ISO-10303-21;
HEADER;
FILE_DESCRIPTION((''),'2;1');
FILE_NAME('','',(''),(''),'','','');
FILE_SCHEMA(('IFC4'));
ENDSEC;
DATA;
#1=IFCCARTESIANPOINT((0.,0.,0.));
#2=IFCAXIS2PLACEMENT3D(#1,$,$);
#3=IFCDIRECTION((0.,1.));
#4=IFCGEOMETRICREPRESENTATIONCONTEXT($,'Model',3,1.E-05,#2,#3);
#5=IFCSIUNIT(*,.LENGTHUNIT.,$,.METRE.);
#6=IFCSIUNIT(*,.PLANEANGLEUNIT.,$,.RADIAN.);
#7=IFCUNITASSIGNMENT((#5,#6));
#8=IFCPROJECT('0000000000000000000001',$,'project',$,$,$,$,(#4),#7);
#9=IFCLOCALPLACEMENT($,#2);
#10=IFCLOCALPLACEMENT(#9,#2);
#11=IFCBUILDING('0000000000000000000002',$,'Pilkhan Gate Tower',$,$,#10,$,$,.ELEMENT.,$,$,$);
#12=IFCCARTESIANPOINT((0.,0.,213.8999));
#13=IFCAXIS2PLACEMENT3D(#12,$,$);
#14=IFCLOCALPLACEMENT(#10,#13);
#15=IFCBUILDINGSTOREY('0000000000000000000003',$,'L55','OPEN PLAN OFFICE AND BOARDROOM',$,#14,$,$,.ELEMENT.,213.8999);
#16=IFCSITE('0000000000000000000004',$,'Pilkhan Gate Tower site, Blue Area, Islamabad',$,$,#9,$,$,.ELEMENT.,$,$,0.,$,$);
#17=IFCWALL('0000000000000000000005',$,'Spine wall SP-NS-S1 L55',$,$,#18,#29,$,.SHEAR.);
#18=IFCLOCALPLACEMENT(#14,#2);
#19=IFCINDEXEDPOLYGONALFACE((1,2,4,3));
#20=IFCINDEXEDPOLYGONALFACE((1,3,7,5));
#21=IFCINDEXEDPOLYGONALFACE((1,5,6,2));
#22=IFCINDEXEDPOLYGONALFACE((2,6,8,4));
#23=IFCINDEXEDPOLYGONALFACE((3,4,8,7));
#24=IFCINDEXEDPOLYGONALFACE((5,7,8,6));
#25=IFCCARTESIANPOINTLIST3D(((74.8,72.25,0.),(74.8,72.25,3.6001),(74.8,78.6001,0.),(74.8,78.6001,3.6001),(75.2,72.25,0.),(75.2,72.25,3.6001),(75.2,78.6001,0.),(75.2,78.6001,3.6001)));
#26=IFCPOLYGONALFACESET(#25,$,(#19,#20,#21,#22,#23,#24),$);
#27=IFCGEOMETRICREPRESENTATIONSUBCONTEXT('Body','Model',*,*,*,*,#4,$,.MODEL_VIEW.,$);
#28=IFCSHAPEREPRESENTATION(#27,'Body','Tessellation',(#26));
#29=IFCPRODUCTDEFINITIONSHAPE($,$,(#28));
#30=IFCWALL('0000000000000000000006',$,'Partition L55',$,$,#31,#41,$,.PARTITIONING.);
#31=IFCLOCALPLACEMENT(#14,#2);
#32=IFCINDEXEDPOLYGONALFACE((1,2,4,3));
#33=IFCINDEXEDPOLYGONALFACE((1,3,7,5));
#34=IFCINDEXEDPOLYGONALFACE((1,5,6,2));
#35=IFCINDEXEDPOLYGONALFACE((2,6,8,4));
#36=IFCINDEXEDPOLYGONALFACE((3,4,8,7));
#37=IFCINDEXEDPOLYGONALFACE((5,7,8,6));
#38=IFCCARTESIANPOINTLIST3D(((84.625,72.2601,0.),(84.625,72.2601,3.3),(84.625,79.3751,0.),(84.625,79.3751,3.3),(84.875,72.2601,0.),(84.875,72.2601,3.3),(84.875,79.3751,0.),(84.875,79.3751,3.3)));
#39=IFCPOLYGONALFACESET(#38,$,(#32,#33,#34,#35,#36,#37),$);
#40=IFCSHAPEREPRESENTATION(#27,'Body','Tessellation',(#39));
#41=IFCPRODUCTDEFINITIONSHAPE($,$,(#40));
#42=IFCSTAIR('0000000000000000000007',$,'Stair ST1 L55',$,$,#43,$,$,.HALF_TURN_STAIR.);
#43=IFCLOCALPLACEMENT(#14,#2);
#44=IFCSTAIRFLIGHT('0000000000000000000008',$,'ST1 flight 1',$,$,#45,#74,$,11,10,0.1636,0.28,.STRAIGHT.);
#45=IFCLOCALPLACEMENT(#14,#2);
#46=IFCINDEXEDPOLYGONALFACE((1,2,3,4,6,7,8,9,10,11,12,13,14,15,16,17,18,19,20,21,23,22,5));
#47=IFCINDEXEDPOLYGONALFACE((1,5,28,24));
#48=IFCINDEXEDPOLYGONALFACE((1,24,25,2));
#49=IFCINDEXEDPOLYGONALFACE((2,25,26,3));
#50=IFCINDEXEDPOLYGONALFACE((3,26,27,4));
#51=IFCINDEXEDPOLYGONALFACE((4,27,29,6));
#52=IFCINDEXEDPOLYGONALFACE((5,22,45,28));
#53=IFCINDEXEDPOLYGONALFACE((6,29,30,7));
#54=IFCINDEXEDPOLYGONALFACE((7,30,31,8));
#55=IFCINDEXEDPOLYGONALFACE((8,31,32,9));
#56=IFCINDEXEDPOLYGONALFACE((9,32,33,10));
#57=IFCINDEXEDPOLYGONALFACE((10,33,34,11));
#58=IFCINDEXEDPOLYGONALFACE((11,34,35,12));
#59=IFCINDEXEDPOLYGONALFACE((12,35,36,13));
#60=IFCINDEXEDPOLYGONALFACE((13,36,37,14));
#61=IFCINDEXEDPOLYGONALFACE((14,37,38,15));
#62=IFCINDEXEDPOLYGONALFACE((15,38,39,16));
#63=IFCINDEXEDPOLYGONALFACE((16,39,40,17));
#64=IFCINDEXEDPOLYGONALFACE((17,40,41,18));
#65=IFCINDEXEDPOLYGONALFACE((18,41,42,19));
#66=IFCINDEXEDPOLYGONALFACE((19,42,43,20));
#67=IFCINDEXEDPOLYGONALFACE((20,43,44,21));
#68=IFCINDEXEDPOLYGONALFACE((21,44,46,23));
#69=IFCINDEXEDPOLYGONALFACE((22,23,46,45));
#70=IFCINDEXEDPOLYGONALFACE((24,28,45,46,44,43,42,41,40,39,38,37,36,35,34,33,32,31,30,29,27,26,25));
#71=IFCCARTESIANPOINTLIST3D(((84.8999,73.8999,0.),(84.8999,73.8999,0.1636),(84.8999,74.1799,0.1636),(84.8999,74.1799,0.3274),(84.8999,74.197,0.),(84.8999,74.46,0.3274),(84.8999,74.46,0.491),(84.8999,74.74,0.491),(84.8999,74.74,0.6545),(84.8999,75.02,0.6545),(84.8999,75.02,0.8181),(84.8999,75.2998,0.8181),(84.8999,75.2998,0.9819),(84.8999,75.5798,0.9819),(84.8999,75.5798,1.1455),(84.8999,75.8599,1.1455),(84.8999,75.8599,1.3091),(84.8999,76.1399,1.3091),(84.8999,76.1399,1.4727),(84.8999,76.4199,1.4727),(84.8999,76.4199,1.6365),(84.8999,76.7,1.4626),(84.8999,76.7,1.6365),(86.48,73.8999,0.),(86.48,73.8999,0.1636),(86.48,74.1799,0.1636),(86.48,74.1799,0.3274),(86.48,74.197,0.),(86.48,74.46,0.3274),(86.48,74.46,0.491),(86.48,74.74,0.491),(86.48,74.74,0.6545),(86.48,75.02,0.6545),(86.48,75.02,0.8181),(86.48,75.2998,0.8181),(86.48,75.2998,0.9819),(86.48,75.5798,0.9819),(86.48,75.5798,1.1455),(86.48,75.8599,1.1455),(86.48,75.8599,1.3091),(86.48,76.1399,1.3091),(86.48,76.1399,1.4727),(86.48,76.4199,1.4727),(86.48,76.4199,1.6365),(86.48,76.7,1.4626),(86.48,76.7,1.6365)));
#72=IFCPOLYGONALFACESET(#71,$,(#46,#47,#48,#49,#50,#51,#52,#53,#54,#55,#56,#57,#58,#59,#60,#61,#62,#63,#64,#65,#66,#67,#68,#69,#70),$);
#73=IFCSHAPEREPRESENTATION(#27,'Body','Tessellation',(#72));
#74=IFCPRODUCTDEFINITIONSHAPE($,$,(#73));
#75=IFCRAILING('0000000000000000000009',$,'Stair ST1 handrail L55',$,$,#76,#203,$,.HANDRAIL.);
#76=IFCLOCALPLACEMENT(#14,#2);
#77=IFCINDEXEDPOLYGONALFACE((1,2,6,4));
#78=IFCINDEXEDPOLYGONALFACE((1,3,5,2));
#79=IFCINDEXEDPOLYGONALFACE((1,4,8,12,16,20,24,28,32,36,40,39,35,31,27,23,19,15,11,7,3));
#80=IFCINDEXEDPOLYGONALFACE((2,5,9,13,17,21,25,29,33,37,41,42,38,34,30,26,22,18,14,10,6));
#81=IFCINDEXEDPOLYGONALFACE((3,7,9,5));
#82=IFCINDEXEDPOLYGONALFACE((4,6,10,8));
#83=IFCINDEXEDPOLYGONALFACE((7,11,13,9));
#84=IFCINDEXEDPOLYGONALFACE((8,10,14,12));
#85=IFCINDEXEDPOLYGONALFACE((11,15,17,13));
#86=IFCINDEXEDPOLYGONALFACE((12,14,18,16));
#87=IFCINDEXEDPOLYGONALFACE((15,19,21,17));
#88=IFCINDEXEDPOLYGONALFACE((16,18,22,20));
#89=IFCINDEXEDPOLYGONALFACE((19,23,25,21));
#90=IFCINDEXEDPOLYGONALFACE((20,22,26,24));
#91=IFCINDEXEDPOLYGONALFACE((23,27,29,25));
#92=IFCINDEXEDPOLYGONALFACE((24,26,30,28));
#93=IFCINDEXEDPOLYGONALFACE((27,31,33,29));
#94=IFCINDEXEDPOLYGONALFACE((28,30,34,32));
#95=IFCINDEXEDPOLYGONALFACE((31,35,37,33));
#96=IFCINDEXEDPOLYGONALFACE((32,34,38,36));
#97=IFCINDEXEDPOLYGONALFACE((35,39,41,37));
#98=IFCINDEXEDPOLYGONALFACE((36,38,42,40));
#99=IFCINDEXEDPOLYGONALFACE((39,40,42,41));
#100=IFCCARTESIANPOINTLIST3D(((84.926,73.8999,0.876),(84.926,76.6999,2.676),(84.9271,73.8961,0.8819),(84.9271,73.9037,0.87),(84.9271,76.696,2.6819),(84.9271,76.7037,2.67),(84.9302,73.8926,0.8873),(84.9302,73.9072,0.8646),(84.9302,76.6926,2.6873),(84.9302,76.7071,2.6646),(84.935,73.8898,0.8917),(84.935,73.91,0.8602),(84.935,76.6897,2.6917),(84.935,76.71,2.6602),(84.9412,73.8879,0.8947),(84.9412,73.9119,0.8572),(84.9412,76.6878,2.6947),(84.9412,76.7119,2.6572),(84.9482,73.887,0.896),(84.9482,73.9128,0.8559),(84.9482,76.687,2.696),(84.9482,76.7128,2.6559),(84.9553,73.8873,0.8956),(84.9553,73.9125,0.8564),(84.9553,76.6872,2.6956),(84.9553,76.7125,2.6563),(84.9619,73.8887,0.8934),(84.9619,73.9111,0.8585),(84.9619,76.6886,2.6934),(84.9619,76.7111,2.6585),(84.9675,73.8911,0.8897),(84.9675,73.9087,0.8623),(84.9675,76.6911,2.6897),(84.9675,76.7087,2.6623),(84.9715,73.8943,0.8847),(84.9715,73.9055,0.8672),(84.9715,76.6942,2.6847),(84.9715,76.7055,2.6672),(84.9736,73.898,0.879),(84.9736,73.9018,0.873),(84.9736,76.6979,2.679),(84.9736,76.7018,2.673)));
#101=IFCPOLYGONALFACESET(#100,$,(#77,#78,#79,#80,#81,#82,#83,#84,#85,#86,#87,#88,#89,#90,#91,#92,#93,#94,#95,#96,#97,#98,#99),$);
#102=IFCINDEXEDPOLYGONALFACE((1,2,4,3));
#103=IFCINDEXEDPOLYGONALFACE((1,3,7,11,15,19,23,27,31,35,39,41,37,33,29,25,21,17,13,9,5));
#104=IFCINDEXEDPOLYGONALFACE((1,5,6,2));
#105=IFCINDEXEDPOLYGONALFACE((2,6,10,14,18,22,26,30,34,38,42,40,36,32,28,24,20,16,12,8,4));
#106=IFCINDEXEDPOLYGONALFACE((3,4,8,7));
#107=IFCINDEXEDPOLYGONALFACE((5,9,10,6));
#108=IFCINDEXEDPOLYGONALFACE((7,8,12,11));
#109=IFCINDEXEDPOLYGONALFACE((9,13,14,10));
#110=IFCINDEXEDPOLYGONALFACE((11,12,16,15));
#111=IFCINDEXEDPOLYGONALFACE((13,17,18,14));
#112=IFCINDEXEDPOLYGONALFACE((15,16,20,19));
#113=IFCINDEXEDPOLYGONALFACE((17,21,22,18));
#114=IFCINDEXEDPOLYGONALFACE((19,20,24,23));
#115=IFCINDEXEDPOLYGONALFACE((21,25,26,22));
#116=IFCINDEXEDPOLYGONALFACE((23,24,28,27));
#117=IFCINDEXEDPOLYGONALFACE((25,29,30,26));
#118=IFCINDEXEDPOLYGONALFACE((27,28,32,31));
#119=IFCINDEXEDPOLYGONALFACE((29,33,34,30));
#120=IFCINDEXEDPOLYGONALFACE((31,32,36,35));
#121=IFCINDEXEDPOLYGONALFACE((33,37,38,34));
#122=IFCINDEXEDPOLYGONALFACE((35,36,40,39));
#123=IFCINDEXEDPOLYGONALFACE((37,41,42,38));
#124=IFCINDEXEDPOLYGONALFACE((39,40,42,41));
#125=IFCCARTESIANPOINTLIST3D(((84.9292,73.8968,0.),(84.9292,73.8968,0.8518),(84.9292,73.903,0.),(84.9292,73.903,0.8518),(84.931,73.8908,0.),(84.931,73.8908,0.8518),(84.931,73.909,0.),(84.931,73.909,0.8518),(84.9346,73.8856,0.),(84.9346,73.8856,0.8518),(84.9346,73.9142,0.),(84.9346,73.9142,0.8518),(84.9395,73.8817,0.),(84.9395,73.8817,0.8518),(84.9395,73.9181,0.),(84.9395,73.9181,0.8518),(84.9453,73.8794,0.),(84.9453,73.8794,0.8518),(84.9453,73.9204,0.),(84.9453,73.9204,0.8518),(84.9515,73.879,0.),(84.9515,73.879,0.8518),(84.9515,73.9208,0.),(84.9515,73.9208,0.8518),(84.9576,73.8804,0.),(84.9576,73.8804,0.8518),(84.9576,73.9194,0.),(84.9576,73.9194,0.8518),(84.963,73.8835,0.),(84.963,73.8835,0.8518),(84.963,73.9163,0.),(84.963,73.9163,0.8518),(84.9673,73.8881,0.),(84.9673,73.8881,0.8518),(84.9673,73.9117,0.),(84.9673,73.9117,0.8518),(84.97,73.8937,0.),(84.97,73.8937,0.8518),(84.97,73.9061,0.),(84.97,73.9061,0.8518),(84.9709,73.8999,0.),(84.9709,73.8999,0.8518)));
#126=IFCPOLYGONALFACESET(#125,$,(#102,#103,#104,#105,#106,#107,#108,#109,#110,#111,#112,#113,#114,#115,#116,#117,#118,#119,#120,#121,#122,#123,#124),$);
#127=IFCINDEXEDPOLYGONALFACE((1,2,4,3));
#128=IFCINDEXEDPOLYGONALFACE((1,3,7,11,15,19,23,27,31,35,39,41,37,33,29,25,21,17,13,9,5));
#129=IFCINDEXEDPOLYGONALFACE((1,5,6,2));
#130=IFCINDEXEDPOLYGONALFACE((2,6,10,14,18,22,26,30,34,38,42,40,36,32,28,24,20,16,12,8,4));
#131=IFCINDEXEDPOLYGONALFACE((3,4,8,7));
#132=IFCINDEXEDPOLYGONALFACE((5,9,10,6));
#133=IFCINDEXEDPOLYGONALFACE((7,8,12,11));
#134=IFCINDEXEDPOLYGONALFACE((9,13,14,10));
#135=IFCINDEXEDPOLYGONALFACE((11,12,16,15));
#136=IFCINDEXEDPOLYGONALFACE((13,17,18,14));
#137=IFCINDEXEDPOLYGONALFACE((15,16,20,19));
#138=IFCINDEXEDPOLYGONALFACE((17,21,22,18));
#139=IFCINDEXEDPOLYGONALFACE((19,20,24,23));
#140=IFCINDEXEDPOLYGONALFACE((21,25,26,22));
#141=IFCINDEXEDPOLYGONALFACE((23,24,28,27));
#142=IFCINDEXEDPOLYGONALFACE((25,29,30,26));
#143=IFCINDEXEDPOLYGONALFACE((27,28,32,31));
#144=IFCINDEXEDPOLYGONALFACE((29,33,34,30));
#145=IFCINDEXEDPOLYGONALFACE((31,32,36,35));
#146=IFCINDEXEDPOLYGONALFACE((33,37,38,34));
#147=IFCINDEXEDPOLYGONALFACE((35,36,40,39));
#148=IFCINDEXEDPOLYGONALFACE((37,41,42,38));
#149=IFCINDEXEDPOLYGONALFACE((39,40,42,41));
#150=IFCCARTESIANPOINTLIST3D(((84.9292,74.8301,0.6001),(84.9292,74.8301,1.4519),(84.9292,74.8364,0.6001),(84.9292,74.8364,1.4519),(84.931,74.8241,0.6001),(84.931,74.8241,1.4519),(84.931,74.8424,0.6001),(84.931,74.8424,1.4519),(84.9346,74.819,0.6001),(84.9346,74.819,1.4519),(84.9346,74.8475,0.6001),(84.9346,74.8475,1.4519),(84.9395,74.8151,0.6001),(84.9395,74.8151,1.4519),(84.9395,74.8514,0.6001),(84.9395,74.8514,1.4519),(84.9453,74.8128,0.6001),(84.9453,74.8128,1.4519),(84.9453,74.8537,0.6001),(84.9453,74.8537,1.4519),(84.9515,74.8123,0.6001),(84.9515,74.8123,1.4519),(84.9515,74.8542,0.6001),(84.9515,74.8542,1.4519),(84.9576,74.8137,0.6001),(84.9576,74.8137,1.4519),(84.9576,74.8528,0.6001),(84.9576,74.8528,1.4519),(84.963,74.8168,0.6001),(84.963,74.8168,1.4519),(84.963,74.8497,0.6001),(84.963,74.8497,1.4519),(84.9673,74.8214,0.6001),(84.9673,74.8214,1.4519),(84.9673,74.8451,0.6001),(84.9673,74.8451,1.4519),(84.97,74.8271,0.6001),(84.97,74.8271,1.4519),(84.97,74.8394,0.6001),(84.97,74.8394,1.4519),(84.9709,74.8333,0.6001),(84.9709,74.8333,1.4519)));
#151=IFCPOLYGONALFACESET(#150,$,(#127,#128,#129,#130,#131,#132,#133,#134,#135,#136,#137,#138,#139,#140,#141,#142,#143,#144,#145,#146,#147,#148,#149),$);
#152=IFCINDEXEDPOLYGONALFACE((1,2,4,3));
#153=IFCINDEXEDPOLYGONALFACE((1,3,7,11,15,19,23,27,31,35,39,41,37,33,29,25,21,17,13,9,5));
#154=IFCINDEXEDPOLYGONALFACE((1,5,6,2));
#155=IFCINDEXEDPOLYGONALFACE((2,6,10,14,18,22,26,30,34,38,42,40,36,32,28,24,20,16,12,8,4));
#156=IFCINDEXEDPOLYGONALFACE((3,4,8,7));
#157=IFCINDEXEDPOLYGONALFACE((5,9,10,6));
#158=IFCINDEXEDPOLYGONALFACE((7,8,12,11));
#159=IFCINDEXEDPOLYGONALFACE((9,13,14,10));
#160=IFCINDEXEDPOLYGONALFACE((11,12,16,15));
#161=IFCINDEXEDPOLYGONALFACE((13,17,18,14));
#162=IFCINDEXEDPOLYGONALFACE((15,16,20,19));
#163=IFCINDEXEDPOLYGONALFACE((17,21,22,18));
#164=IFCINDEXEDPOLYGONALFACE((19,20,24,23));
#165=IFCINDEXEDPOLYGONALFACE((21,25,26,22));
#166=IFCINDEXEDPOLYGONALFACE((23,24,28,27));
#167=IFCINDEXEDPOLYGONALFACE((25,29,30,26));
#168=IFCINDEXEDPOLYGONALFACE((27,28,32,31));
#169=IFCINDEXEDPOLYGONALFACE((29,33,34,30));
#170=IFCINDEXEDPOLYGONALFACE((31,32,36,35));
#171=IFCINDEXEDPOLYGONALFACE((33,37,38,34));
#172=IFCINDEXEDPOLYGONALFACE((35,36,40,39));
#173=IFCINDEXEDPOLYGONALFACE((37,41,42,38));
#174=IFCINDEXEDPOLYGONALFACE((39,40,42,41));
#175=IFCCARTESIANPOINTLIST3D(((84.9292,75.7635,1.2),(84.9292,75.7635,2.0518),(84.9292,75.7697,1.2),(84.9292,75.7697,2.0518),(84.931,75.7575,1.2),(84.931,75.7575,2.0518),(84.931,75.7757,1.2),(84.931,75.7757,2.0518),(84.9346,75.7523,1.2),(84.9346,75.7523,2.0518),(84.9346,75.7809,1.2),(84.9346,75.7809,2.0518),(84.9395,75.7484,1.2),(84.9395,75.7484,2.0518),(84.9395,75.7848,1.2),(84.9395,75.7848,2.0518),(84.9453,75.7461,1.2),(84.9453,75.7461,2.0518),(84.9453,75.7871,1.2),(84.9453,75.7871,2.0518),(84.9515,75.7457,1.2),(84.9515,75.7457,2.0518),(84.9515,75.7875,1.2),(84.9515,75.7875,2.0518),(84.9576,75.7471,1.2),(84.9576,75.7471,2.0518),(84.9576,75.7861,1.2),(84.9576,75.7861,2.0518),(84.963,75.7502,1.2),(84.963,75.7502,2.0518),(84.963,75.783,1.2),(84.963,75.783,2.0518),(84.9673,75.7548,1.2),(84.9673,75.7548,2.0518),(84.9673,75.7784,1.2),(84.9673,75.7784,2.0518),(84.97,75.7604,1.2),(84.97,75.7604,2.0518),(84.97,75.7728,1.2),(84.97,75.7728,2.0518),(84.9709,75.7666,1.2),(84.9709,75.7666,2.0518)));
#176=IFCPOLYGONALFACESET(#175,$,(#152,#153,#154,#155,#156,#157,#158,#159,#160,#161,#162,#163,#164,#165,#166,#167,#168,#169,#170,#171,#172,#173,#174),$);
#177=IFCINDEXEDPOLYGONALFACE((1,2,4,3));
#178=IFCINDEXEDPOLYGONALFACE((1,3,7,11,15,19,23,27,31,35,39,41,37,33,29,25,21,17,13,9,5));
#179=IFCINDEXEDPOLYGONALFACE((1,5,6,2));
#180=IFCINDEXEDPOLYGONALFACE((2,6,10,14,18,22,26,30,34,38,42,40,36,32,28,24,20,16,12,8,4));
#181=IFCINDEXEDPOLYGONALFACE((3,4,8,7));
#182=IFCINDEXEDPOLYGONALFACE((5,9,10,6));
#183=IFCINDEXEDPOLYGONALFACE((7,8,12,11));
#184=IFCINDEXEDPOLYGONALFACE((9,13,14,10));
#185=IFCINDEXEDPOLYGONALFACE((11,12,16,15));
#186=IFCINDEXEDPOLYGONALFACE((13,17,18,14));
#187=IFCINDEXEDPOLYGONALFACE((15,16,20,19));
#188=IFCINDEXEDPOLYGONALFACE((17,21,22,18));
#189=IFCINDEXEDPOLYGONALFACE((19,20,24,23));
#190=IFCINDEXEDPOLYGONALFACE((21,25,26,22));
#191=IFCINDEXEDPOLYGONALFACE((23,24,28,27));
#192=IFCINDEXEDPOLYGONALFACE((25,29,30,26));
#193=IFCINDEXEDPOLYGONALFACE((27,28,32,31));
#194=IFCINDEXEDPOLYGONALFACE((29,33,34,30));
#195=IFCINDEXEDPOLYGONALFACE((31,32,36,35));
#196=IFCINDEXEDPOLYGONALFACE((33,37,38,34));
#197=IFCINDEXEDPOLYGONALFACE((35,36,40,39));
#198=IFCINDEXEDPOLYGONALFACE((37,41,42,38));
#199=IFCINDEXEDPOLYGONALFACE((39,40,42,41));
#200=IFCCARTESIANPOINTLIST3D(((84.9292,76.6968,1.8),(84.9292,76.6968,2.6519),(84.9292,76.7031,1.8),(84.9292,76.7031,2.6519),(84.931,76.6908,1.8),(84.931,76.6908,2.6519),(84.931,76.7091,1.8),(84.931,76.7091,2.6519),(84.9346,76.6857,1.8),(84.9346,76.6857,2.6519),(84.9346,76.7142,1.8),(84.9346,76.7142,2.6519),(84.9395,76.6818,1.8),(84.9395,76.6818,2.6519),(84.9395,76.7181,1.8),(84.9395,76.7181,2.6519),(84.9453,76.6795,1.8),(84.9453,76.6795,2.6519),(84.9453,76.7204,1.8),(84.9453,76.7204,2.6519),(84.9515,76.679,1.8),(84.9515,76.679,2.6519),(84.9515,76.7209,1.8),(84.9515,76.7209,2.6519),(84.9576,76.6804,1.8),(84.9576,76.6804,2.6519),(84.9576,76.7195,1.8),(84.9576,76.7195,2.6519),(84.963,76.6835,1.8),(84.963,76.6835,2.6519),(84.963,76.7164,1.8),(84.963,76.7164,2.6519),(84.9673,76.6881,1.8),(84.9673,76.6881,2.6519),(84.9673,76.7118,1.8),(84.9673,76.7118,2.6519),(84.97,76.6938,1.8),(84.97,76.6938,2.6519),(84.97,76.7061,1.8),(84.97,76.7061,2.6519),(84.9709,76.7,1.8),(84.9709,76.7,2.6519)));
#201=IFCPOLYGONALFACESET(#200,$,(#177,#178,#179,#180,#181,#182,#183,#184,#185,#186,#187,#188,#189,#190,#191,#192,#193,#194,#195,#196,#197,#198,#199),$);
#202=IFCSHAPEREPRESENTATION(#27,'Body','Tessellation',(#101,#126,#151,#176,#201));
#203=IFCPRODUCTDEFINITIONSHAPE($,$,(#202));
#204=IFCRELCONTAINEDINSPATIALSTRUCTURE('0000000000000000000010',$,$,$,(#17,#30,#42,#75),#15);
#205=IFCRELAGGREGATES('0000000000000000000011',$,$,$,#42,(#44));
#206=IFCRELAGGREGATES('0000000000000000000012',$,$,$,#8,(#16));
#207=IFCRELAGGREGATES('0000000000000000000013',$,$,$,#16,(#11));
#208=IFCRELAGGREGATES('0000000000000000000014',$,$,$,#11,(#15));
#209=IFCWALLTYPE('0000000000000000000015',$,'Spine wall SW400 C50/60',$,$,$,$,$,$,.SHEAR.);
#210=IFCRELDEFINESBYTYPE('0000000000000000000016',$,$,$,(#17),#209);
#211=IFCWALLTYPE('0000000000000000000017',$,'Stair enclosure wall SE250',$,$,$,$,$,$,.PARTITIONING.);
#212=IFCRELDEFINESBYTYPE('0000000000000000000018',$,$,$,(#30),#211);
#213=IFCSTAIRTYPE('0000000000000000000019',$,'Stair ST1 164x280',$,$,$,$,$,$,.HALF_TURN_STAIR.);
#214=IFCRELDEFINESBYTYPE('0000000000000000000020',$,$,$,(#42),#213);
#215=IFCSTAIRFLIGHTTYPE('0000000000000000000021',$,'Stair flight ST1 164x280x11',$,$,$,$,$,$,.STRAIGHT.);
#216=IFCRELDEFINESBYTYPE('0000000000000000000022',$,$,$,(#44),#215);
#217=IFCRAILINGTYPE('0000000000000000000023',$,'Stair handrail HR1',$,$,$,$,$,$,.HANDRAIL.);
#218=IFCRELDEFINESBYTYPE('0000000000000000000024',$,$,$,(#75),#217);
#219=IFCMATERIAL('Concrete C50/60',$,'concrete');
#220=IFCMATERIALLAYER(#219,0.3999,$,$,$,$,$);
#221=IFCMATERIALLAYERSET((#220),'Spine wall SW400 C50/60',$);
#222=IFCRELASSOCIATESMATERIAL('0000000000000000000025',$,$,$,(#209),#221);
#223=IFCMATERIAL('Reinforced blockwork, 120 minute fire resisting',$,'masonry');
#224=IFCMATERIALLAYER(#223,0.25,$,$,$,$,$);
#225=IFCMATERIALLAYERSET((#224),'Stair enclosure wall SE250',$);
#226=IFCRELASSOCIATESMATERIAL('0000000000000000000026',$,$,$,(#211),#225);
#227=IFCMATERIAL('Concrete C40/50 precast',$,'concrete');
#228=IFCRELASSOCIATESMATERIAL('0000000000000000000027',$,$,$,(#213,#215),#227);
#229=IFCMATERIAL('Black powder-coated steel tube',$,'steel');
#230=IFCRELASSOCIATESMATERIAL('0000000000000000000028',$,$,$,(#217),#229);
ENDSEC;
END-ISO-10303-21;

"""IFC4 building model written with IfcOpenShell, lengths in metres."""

from ifc_helpers import new_model, si_unit, direction, frame, frame_2d, origin, origin_2d, place, context, subcontext, project, spatial, polyline, rectangle, circle, outline, extrude, material, layer, layer_set, type_object, element, aggregate, save


model = new_model("IFC4")

# Units and contexts
model_context = context("Model", 3, precision=1e-05, world=origin(), true_north=direction((0.0, 1.0)))
body_context = subcontext(model_context, "Body", "Model", "MODEL_VIEW")
ifc_project = project(units=[si_unit("LENGTHUNIT", "METRE"), si_unit("PLANEANGLEUNIT", "RADIAN")], contexts=[model_context])

# Site, building, storey
site_placement = place(None, origin())
site = spatial("IfcSite", under=ifc_project, at=site_placement, Name="Pilkhan Gate Tower site, Blue Area, Islamabad", CompositionType="ELEMENT", RefElevation=0.0)
building_placement = place(site_placement, origin())
building = spatial("IfcBuilding", under=site, at=building_placement, Name="Pilkhan Gate Tower", CompositionType="ELEMENT")
storey_placement = place(building_placement, frame((0.0, 0.0, 213.8999)))
storey = spatial("IfcBuildingStorey", under=building, at=storey_placement, Name="L55", Description="OPEN PLAN OFFICE AND BOARDROOM", CompositionType="ELEMENT", Elevation=213.8999)

# Shared definitions
ifc_material_1 = material(Name="Concrete C50/60", Category="concrete")

# Walls
ifc_layer_1 = layer(ifc_material_1, 0.3999)
ifc_layer_set_1 = layer_set([ifc_layer_1], Name="Spine wall SW400 C50/60")
wall_type_1 = type_object("IfcWallType", Name="Spine wall SW400 C50/60", PredefinedType="SHEAR", material=ifc_layer_set_1)
wall_1_placement = place(storey_placement, frame((75.0, 72.25, 0.0), z_axis=(0.0, 0.0, 1.0), x_axis=(0.0, 1.0, 0.0)))
element("IfcWall", 1, at=wall_1_placement, inside=storey, type_object=wall_type_1, Name="Spine wall SP-NS-S1 L55", PredefinedType="SHEAR", context=body_context, shape_type="SweptSolid", body=[
    extrude(rectangle(XDim=6.3501, YDim=0.3999, at=frame_2d((3.175, 0.0))), origin(), (0.0, 0.0, 1.0), 3.6001),
])
ifc_material_2 = material(Name="Reinforced blockwork, 120 minute fire resisting", Category="masonry")
ifc_layer_2 = layer(ifc_material_2, 0.25)
ifc_layer_set_2 = layer_set([ifc_layer_2], Name="Stair enclosure wall SE250")
wall_type_2 = type_object("IfcWallType", Name="Stair enclosure wall SE250", PredefinedType="PARTITIONING", material=ifc_layer_set_2)
wall_2_placement = place(storey_placement, frame((84.75, 72.26, 0.0), z_axis=(0.0, 0.0, 1.0), x_axis=(0.0, 1.0, 0.0)))
element("IfcWall", 2, at=wall_2_placement, inside=storey, type_object=wall_type_2, Name="Partition L55", PredefinedType="PARTITIONING", context=body_context, shape_type="SweptSolid", body=[
    extrude(rectangle(XDim=7.115, YDim=0.25, at=frame_2d((3.5576, 0.0))), origin(), (0.0, 0.0, 1.0), 3.3),
])

# Stair, stair flight
ifc_material_3 = material(Name="Concrete C40/50 precast", Category="concrete")
stair_type = type_object("IfcStairType", Name="Stair ST1 164x280", PredefinedType="HALF_TURN_STAIR", material=ifc_material_3)
stair_placement = place(storey_placement, origin())
stair = element("IfcStair", 3, at=stair_placement, inside=storey, type_object=stair_type, Name="Stair ST1 L55", PredefinedType="HALF_TURN_STAIR")
stair_flight_type = type_object("IfcStairFlightType", Name="Stair flight ST1 164x280x11", PredefinedType="STRAIGHT", material=ifc_material_3)
stair_flight_placement = place(storey_placement, frame((85.6899, 73.8999, 0.0), z_axis=(0.0, 0.0, 1.0), x_axis=(0.0, 1.0, 0.0)))
stair_flight = element("IfcStairFlight", 4, at=stair_flight_placement, type_object=stair_flight_type, Name="ST1 flight 1", NumberOfRisers=11, NumberOfTreads=10, PredefinedType="STRAIGHT", RiserHeight=0.1636, TreadLength=0.28, context=body_context, shape_type="SweptSolid", body=[
    extrude(outline(polyline([(0.0, 0.0), (0.0, 0.1636), (0.28, 0.1636), (0.28, 0.3274), (0.5601, 0.3274), (0.5601, 0.491), (0.8401, 0.491), (0.8401, 0.6545), (1.1201, 0.6545), (1.1201, 0.8181), (1.3999, 0.8181), (1.3999, 0.9819), (1.6799, 0.9819), (1.6799, 1.1455), (1.96, 1.1455), (1.96, 1.3091), (2.24, 1.3091), (2.24, 1.4727), (2.52, 1.4727), (2.52, 1.6365), (2.8, 1.6365), (2.8, 1.8), (2.8, 1.4626), (0.2971, 0.0), (0.0, 0.0)])), frame((0.0, 0.79, 0.0), z_axis=(0.0, -1.0, 0.0), x_axis=(1.0, 0.0, 0.0)), (0.0, 0.0, 1.0), 1.5801),
])
aggregate(stair, [stair_flight])

# Railing
ifc_material_4 = material(Name="Black powder-coated steel tube", Category="steel")
railing_type_1 = type_object("IfcRailingType", Name="Stair handrail HR1", PredefinedType="HANDRAIL", material=ifc_material_4)
railing_1_placement = place(storey_placement, frame((84.95, 73.8999, 0.0)))
element("IfcRailing", 5, at=railing_1_placement, inside=storey, type_object=railing_type_1, Name="Stair ST1 handrail L55", PredefinedType="HANDRAIL", context=body_context, shape_type="SweptSolid", body=[
    extrude(circle(Radius=0.0239, at=origin_2d()), frame((0.0, 0.0, 0.876), z_axis=(0.0, 0.841176, 0.540761), x_axis=(-1.0, 0.0, 0.0)), (0.0, 0.0, 1.0), 3.3286),
    extrude(circle(Radius=0.021, at=origin_2d()), origin(), (0.0, 0.0, 1.0), 0.8518),
    extrude(circle(Radius=0.021, at=origin_2d()), frame((0.0, 0.9333, 0.6001)), (0.0, 0.0, 1.0), 0.8518),
    extrude(circle(Radius=0.021, at=origin_2d()), frame((0.0, 1.8667, 1.2)), (0.0, 0.0, 1.0), 0.8518),
    extrude(circle(Radius=0.021, at=origin_2d()), frame((0.0, 2.8, 1.8)), (0.0, 0.0, 1.0), 0.8518),
])

save(model, "model.ifc")
